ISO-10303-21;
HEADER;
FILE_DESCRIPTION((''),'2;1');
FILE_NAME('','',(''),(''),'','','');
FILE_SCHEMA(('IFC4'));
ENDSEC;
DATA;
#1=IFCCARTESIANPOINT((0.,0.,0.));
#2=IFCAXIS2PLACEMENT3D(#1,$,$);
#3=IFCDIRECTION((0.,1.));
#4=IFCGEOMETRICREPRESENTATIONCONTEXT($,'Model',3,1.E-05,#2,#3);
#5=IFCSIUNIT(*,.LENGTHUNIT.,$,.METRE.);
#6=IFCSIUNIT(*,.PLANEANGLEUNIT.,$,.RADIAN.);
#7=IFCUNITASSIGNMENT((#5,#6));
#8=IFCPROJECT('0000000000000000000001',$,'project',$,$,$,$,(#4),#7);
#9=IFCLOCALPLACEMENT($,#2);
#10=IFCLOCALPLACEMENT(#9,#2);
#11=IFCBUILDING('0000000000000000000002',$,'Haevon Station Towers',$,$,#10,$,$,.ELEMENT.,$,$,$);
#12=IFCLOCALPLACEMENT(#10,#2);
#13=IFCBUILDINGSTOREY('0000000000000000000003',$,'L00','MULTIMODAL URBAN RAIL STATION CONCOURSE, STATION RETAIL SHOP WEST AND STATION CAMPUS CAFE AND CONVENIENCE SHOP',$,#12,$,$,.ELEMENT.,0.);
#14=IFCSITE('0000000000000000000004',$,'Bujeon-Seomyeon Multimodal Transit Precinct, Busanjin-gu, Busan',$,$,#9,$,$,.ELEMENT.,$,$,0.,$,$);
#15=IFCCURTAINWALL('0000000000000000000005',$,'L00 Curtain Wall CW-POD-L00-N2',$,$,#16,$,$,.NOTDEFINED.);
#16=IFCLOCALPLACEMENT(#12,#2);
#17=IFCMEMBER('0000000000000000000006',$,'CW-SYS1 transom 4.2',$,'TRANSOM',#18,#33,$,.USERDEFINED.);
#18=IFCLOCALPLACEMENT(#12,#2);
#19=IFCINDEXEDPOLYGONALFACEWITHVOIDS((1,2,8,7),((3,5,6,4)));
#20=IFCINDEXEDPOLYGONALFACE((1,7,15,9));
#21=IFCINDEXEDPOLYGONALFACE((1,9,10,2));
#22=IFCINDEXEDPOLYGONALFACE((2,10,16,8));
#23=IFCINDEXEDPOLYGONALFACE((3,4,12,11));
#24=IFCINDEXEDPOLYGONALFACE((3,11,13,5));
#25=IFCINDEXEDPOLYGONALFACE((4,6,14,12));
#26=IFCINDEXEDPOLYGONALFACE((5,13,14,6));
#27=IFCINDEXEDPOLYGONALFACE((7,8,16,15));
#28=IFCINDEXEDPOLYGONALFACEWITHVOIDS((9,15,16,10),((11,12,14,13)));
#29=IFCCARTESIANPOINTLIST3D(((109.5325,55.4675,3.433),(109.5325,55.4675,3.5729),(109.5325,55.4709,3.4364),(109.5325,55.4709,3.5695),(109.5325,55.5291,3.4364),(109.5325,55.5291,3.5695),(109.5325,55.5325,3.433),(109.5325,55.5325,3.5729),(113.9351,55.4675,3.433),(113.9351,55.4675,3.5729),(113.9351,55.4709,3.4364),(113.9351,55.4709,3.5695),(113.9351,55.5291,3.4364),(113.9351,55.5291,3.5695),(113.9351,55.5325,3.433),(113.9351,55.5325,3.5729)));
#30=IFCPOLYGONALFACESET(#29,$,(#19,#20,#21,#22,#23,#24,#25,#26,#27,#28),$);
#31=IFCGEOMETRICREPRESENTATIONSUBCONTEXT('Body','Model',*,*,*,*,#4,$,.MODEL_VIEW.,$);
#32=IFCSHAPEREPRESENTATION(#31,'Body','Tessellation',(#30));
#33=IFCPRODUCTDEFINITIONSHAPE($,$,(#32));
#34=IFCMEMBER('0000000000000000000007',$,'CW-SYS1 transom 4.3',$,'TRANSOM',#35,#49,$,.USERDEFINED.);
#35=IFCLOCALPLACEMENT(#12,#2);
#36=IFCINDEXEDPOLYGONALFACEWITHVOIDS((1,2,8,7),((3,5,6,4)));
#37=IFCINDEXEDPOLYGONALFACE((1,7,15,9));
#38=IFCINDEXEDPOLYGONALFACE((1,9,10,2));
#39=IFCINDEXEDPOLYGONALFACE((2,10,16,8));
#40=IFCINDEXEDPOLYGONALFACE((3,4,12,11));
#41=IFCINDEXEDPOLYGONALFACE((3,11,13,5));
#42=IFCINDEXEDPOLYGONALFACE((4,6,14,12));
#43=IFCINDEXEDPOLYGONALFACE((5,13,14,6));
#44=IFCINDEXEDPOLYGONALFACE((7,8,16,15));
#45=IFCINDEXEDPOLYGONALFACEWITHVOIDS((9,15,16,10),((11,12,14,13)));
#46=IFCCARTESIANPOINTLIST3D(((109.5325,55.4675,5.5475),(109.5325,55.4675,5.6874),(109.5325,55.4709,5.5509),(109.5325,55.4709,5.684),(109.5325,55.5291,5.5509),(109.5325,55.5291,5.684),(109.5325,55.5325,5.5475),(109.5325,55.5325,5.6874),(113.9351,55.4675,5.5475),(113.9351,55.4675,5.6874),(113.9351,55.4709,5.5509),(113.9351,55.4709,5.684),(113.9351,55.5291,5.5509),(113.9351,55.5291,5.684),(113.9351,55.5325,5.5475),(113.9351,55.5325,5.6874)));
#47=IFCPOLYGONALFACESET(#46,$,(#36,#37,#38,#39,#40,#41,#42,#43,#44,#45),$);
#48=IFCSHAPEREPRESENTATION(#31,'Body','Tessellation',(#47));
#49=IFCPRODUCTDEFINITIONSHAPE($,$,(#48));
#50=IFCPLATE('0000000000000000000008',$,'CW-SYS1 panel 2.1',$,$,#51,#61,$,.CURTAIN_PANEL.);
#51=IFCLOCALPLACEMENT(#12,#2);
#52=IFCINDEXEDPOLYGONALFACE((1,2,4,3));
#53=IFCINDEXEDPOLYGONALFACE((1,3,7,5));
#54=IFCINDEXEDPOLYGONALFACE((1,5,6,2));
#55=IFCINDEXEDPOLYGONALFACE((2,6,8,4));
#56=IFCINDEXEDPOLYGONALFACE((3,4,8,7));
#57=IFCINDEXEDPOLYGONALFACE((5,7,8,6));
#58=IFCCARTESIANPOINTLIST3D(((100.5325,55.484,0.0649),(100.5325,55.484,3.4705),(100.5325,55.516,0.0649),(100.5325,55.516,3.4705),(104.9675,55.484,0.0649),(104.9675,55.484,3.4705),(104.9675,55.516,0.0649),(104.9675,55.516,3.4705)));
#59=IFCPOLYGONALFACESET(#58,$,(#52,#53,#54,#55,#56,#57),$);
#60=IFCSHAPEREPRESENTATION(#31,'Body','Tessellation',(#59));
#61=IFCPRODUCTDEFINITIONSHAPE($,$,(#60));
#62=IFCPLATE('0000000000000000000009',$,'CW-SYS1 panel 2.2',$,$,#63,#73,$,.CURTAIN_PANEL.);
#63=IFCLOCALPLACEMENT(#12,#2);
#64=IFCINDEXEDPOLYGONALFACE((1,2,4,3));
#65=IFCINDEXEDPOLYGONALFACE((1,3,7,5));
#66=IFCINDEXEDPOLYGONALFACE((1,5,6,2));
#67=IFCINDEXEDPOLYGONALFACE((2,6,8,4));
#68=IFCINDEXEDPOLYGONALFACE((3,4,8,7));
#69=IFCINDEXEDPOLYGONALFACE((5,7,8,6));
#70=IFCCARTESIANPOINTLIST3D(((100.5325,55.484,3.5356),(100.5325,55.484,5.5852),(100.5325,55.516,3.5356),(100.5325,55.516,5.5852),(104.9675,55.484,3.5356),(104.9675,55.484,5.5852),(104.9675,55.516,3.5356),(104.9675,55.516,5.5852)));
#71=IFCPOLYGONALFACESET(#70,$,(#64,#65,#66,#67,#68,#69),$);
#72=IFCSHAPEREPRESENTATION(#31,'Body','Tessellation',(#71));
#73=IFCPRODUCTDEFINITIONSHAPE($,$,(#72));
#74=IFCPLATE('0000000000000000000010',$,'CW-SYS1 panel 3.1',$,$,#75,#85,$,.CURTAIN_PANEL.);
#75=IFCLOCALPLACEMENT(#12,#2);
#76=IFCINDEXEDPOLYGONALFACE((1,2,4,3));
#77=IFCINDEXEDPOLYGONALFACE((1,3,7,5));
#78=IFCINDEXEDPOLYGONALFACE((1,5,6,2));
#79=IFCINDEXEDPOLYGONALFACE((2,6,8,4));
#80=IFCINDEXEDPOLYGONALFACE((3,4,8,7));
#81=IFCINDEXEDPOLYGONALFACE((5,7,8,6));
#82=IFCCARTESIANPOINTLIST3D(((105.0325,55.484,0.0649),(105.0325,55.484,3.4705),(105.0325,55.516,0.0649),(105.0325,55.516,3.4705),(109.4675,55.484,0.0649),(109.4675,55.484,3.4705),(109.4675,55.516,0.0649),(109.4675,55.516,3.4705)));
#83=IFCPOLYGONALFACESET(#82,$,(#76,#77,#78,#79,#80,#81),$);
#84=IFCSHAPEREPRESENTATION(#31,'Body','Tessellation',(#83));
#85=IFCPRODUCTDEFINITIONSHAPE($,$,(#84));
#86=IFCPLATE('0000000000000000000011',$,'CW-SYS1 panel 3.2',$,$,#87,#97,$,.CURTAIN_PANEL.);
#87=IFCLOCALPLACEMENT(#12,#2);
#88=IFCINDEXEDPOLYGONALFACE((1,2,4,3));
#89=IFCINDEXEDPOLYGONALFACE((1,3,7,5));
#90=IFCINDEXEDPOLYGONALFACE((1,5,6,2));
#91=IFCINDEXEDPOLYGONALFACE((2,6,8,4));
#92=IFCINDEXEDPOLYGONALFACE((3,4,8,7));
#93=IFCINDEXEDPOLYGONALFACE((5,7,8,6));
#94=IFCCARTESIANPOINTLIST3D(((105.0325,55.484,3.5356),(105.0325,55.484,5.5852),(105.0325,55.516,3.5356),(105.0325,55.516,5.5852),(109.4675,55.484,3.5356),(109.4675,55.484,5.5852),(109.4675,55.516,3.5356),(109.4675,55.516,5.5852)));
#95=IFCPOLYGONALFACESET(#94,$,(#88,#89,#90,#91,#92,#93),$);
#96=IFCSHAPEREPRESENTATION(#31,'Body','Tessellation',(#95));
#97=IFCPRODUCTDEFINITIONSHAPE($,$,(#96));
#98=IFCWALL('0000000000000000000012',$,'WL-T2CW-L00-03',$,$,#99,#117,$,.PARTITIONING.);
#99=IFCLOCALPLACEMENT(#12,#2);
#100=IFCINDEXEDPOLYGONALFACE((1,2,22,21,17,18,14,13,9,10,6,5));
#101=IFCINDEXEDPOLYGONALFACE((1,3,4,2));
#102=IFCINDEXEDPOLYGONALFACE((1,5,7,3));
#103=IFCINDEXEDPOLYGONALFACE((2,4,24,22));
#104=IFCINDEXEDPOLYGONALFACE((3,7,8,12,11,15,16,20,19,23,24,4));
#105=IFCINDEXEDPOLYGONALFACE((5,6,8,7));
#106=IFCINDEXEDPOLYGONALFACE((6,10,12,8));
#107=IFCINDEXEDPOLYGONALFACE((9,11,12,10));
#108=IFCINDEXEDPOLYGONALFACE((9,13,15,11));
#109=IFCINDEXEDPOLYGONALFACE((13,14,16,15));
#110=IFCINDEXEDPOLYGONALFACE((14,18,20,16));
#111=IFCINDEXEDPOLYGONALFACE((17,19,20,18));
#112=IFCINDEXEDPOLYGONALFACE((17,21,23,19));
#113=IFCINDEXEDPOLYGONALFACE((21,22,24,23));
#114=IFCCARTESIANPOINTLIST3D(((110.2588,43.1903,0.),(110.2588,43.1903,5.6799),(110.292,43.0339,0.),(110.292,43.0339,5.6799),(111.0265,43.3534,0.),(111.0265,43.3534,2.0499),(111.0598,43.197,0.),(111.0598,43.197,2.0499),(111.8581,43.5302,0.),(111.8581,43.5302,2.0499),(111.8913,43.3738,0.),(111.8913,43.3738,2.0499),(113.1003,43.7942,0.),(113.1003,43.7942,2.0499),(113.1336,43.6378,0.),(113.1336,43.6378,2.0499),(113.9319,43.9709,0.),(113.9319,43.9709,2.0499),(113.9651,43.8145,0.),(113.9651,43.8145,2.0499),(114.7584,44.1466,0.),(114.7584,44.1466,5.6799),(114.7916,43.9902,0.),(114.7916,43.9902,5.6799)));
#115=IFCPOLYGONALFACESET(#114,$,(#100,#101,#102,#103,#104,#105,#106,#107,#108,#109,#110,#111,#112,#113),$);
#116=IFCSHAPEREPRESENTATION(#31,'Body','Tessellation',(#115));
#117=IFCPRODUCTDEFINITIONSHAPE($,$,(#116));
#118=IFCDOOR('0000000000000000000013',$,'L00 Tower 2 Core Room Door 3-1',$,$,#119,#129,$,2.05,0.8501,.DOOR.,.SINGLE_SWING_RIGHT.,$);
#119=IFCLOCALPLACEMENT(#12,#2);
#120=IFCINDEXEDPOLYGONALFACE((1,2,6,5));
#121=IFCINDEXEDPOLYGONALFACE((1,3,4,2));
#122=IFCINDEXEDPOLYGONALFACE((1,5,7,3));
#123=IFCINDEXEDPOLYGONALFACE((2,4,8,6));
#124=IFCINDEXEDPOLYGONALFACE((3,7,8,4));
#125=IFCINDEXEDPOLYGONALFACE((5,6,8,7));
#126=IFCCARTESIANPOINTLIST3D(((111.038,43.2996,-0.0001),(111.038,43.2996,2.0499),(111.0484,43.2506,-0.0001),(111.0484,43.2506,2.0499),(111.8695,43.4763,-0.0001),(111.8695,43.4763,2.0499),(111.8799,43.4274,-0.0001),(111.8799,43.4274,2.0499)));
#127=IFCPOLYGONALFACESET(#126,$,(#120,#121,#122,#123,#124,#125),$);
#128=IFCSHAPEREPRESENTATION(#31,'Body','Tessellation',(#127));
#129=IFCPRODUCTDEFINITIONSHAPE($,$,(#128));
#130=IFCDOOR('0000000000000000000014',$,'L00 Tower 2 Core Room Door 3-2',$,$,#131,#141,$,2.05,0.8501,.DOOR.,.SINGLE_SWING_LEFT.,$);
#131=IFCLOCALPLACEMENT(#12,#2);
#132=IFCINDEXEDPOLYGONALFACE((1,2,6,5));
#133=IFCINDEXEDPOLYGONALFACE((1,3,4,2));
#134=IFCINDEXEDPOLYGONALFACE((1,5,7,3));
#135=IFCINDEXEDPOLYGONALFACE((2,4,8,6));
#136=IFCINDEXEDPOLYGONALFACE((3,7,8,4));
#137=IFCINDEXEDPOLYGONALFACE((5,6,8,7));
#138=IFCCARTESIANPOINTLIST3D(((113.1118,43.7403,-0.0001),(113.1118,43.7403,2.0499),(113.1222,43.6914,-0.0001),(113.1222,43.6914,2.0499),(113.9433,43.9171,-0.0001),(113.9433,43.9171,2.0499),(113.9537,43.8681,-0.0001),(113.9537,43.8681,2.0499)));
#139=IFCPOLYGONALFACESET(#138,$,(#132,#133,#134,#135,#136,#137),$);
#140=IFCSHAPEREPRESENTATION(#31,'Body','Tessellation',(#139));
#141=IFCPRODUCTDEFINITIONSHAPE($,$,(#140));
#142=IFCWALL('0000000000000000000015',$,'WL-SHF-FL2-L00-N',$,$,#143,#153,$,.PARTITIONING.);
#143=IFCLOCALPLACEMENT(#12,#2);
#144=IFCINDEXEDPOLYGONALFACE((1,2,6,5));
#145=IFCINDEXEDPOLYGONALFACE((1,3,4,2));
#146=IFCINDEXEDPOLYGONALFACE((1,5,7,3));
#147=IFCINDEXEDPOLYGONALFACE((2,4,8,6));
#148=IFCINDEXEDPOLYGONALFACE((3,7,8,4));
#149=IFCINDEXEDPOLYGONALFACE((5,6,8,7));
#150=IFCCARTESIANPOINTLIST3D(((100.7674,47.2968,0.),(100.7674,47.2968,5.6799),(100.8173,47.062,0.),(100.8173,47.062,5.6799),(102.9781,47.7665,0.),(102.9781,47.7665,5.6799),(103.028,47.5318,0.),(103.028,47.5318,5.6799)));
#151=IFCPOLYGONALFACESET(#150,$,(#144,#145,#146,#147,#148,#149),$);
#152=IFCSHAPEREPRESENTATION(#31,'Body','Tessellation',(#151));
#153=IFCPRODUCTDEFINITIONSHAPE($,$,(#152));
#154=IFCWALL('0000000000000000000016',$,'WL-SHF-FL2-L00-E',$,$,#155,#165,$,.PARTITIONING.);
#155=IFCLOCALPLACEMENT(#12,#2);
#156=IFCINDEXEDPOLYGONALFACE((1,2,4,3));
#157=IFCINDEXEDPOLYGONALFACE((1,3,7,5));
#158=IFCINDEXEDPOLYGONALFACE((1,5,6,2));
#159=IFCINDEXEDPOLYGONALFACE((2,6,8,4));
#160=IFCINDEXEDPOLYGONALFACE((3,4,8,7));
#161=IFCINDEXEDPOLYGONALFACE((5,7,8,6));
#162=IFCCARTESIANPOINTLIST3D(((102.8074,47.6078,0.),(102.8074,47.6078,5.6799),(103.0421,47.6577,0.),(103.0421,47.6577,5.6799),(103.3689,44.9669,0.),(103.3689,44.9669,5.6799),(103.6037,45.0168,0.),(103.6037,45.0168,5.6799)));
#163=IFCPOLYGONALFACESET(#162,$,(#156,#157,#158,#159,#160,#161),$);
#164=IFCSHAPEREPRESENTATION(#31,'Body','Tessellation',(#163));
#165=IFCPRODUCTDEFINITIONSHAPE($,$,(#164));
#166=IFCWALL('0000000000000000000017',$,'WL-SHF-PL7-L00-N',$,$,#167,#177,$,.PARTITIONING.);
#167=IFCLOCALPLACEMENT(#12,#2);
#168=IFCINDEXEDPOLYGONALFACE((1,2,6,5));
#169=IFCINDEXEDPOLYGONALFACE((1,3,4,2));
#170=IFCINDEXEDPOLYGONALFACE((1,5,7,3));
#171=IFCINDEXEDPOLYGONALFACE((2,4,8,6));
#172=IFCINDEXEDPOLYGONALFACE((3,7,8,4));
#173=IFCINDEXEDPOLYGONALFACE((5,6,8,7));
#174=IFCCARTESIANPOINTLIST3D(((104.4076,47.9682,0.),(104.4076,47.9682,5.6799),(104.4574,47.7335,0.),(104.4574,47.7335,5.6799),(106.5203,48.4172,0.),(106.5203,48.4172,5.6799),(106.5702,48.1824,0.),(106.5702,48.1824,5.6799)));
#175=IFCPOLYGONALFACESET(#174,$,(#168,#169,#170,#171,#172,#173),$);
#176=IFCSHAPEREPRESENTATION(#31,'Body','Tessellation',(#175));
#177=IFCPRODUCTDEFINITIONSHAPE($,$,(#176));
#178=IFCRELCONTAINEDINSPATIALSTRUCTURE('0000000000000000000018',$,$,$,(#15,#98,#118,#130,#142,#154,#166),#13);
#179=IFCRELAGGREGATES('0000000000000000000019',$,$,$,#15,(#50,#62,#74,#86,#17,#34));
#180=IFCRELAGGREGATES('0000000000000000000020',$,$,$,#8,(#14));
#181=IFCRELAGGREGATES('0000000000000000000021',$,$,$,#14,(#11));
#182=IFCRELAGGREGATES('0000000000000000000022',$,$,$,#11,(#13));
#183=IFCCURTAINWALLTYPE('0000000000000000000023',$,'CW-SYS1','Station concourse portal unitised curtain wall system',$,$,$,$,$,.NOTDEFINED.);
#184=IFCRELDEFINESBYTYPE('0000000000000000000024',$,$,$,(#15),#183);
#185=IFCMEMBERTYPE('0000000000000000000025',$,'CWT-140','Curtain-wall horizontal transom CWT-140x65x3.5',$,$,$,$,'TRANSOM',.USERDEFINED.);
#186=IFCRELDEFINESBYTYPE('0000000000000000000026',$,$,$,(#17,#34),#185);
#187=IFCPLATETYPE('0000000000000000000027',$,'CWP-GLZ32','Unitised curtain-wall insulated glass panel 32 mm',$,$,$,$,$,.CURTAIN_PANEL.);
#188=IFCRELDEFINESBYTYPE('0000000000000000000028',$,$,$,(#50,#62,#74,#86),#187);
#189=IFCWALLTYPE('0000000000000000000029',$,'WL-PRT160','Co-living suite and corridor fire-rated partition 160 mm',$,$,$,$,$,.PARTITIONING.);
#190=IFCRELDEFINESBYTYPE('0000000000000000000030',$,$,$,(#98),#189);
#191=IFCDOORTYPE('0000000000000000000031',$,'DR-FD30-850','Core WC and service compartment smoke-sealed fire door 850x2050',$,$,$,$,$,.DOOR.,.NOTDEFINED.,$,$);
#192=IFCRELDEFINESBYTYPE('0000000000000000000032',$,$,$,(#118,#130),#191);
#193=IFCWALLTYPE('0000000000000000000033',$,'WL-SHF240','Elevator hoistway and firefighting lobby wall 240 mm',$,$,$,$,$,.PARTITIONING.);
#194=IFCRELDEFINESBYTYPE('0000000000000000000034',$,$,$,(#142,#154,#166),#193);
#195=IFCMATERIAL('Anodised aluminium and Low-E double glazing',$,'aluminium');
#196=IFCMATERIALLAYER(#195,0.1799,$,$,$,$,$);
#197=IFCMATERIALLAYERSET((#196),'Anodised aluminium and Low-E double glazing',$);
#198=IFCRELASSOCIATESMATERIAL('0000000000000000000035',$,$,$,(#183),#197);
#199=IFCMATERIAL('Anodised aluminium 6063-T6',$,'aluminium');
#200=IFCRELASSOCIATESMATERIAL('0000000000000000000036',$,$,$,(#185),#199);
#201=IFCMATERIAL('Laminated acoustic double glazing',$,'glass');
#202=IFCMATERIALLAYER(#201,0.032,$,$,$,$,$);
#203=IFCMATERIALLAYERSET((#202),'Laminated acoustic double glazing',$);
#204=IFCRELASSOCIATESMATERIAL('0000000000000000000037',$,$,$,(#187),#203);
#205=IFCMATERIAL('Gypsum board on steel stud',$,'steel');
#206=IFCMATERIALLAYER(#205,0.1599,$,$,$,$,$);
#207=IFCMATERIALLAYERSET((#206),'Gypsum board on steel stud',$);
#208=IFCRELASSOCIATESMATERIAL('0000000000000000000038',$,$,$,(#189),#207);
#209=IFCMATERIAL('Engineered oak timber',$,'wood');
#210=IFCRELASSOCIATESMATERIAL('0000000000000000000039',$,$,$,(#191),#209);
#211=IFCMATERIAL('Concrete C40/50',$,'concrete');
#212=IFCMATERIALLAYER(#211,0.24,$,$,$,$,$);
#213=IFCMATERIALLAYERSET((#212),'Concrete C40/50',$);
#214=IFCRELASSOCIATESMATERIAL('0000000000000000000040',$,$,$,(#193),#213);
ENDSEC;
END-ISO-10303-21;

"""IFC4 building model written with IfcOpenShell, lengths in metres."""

from ifc_helpers import new_model, si_unit, direction, frame, frame_2d, origin, origin_2d, place, context, subcontext, project, spatial, rectangle, hollow_rectangle, extrude, material, layer, layer_set, material_profile, profile_set, type_object, element, fill, aggregate, save


model = new_model("IFC4")

# Units and contexts
model_context = context("Model", 3, precision=1e-05, world=origin(), true_north=direction((0.0, 1.0)))
body_context = subcontext(model_context, "Body", "Model", "MODEL_VIEW")
ifc_project = project(units=[si_unit("LENGTHUNIT", "METRE"), si_unit("PLANEANGLEUNIT", "RADIAN")], contexts=[model_context])

# Site, building, storey
site_placement = place(None, origin())
site = spatial("IfcSite", under=ifc_project, at=site_placement, Name="Bujeon-Seomyeon Multimodal Transit Precinct, Busanjin-gu, Busan", CompositionType="ELEMENT", RefElevation=0.0)
building_placement = place(site_placement, origin())
building = spatial("IfcBuilding", under=site, at=building_placement, Name="Haevon Station Towers", CompositionType="ELEMENT")
storey_placement = place(building_placement, origin())
storey = spatial("IfcBuildingStorey", under=building, at=storey_placement, Name="L00", Description="MULTIMODAL URBAN RAIL STATION CONCOURSE, STATION RETAIL SHOP WEST AND STATION CAMPUS CAFE AND CONVENIENCE SHOP", CompositionType="ELEMENT", Elevation=0.0)

# Curtain wall, members, plates
ifc_material_1 = material(Name="Anodised aluminium and Low-E double glazing", Category="aluminium")
ifc_layer_1 = layer(ifc_material_1, 0.1799)
ifc_layer_set_1 = layer_set([ifc_layer_1], Name="Anodised aluminium and Low-E double glazing")
curtain_wall_type = type_object("IfcCurtainWallType", Name="CW-SYS1", Description="Station concourse portal unitised curtain wall system", PredefinedType="NOTDEFINED", material=ifc_layer_set_1)
curtain_wall_placement = place(storey_placement, origin())
curtain_wall = element("IfcCurtainWall", 1, at=curtain_wall_placement, inside=storey, type_object=curtain_wall_type, Name="L00 Curtain Wall CW-POD-L00-N2", PredefinedType="NOTDEFINED")
ifc_material_2 = material(Name="Anodised aluminium 6063-T6", Category="aluminium")
ifc_material_profile_1 = material_profile(ifc_material_2, hollow_rectangle(XDim=0.0649, YDim=0.1399, WallThickness=0.0034, at=origin_2d()), Name="CWT-140x65x3.5")
ifc_profile_set_1 = profile_set([ifc_material_profile_1], Name="Anodised aluminium 6063-T6")
member_type_1 = type_object("IfcMemberType", Name="CWT-140", Description="Curtain-wall horizontal transom CWT-140x65x3.5", ElementType="TRANSOM", PredefinedType="USERDEFINED", material=ifc_profile_set_1)
member_1_placement = place(storey_placement, frame((109.5325, 55.5, 3.5029), z_axis=(1.0, 0.0, 0.0), x_axis=(0.0, 1.0, 0.0)))
member_1 = element("IfcMember", 2, at=member_1_placement, type_object=member_type_1, Name="CW-SYS1 transom 4.2", ObjectType="TRANSOM", PredefinedType="USERDEFINED", context=body_context, shape_type="SweptSolid", body=[
    extrude(hollow_rectangle(XDim=0.0649, YDim=0.1399, WallThickness=0.0034, at=origin_2d()), origin(), (0.0, 0.0, 1.0), 4.4026),
])
member_2_placement = place(storey_placement, frame((109.5325, 55.5, 5.6174), z_axis=(1.0, 0.0, 0.0), x_axis=(0.0, 1.0, 0.0)))
member_2 = element("IfcMember", 3, at=member_2_placement, type_object=member_type_1, Name="CW-SYS1 transom 4.3", ObjectType="TRANSOM", PredefinedType="USERDEFINED", context=body_context, shape_type="SweptSolid", body=[
    extrude(hollow_rectangle(XDim=0.0649, YDim=0.1399, WallThickness=0.0034, at=origin_2d()), origin(), (0.0, 0.0, 1.0), 4.4026),
])
ifc_material_3 = material(Name="Laminated acoustic double glazing", Category="glass")
ifc_layer_2 = layer(ifc_material_3, 0.032)
ifc_layer_set_2 = layer_set([ifc_layer_2], Name="Laminated acoustic double glazing")
plate_type = type_object("IfcPlateType", Name="CWP-GLZ32", Description="Unitised curtain-wall insulated glass panel 32 mm", PredefinedType="CURTAIN_PANEL", material=ifc_layer_set_2)
plate_1_placement = place(storey_placement, frame((102.75, 55.5, 0.0649), z_axis=(0.0, 0.0, 1.0), x_axis=(1.0, 0.0, 0.0)))
plate_1 = element("IfcPlate", 4, at=plate_1_placement, type_object=plate_type, Name="CW-SYS1 panel 2.1", PredefinedType="CURTAIN_PANEL", context=body_context, shape_type="SweptSolid", body=[
    extrude(rectangle(XDim=4.4351, YDim=0.032, at=origin_2d()), origin(), (0.0, 0.0, 1.0), 3.4055),
])
plate_2_placement = place(storey_placement, frame((102.75, 55.5, 3.5356), z_axis=(0.0, 0.0, 1.0), x_axis=(1.0, 0.0, 0.0)))
plate_2 = element("IfcPlate", 5, at=plate_2_placement, type_object=plate_type, Name="CW-SYS1 panel 2.2", PredefinedType="CURTAIN_PANEL", context=body_context, shape_type="SweptSolid", body=[
    extrude(rectangle(XDim=4.4351, YDim=0.032, at=origin_2d()), origin(), (0.0, 0.0, 1.0), 2.0496),
])
plate_3_placement = place(storey_placement, frame((107.25, 55.5, 0.0649), z_axis=(0.0, 0.0, 1.0), x_axis=(1.0, 0.0, 0.0)))
plate_3 = element("IfcPlate", 6, at=plate_3_placement, type_object=plate_type, Name="CW-SYS1 panel 3.1", PredefinedType="CURTAIN_PANEL", context=body_context, shape_type="SweptSolid", body=[
    extrude(rectangle(XDim=4.4351, YDim=0.032, at=origin_2d()), origin(), (0.0, 0.0, 1.0), 3.4055),
])
plate_4_placement = place(storey_placement, frame((107.25, 55.5, 3.5356), z_axis=(0.0, 0.0, 1.0), x_axis=(1.0, 0.0, 0.0)))
plate_4 = element("IfcPlate", 7, at=plate_4_placement, type_object=plate_type, Name="CW-SYS1 panel 3.2", PredefinedType="CURTAIN_PANEL", context=body_context, shape_type="SweptSolid", body=[
    extrude(rectangle(XDim=4.4351, YDim=0.032, at=origin_2d()), origin(), (0.0, 0.0, 1.0), 2.0496),
])
aggregate(curtain_wall, [plate_1, plate_2, plate_3, plate_4, member_1, member_2])

# Wall, openings, doors
ifc_material_4 = material(Name="Gypsum board on steel stud", Category="steel")
ifc_layer_3 = layer(ifc_material_4, 0.1599)
ifc_layer_set_3 = layer_set([ifc_layer_3], Name="Gypsum board on steel stud")
wall_type_1 = type_object("IfcWallType", Name="WL-PRT160", Description="Co-living suite and corridor fire-rated partition 160 mm", PredefinedType="PARTITIONING", material=ifc_layer_set_3)
wall_1_placement = place(storey_placement, frame((110.2754, 43.1121, 0.0), z_axis=(0.0, 0.0, 1.0), x_axis=(0.978152, 0.20789, 0.0)))
wall_1 = element("IfcWall", 8, at=wall_1_placement, inside=storey, type_object=wall_type_1, Name="WL-T2CW-L00-03", PredefinedType="PARTITIONING", context=body_context, shape_type="SweptSolid", body=[
    extrude(rectangle(XDim=4.6001, YDim=0.1599, at=frame_2d((2.3, 0.0))), origin(), (0.0, 0.0, 1.0), 5.6799),
])
opening_1_placement = place(wall_1_placement, frame((0.7849, 0.0, 0.0)))
opening_1 = element("IfcOpeningElement", 9, at=opening_1_placement, cuts=wall_1, PredefinedType="OPENING", context=body_context, shape_type="SweptSolid", body=[
    extrude(rectangle(XDim=0.8501, YDim=2.05, at=frame_2d((0.425, 1.0249))), frame((0.0, 0.0898, 0.0), z_axis=(0.0, -1.0, 0.0), x_axis=(1.0, 0.0, 0.0)), (0.0, 0.0, 1.0), 0.1799),
])
opening_2_placement = place(wall_1_placement, frame((2.905, 0.0, 0.0)))
opening_2 = element("IfcOpeningElement", 10, at=opening_2_placement, cuts=wall_1, PredefinedType="OPENING", context=body_context, shape_type="SweptSolid", body=[
    extrude(rectangle(XDim=0.8501, YDim=2.05, at=frame_2d((0.425, 1.0249))), frame((0.0, 0.0898, 0.0), z_axis=(0.0, -1.0, 0.0), x_axis=(1.0, 0.0, 0.0)), (0.0, 0.0, 1.0), 0.1799),
])
ifc_material_5 = material(Name="Engineered oak timber", Category="wood")
door_type_1 = type_object("IfcDoorType", Name="DR-FD30-850", Description="Core WC and service compartment smoke-sealed fire door 850x2050", OperationType="NOTDEFINED", PredefinedType="DOOR", material=ifc_material_5)
door_1_placement = place(opening_1_placement, origin())
door_1 = element("IfcDoor", 11, at=door_1_placement, inside=storey, type_object=door_type_1, Name="L00 Tower 2 Core Room Door 3-1", OperationType="SINGLE_SWING_RIGHT", OverallHeight=2.05, OverallWidth=0.8501, PredefinedType="DOOR", context=body_context, shape_type="SweptSolid", body=[
    extrude(rectangle(XDim=0.8501, YDim=2.05, at=frame_2d((0.425, 1.0249))), frame((0.0, 0.0249, 0.0), z_axis=(0.0, -1.0, 0.0), x_axis=(1.0, 0.0, 0.0)), (0.0, 0.0, 1.0), 0.05),
])
fill(opening_1, door_1)
door_2_placement = place(opening_2_placement, origin())
door_2 = element("IfcDoor", 12, at=door_2_placement, inside=storey, type_object=door_type_1, Name="L00 Tower 2 Core Room Door 3-2", OperationType="SINGLE_SWING_LEFT", OverallHeight=2.05, OverallWidth=0.8501, PredefinedType="DOOR", context=body_context, shape_type="SweptSolid", body=[
    extrude(rectangle(XDim=0.8501, YDim=2.05, at=frame_2d((0.425, 1.0249))), frame((0.0, 0.0249, 0.0), z_axis=(0.0, -1.0, 0.0), x_axis=(1.0, 0.0, 0.0)), (0.0, 0.0, 1.0), 0.05),
])
fill(opening_2, door_2)

# Shared definitions
ifc_material_6 = material(Name="Concrete C40/50", Category="concrete")
ifc_layer_4 = layer(ifc_material_6, 0.24)
ifc_layer_set_4 = layer_set([ifc_layer_4], Name="Concrete C40/50")
wall_type_2 = type_object("IfcWallType", Name="WL-SHF240", Description="Elevator hoistway and firefighting lobby wall 240 mm", PredefinedType="PARTITIONING", material=ifc_layer_set_4)

# Walls
wall_2_placement = place(storey_placement, frame((100.7925, 47.1794, 0.0), z_axis=(0.0, 0.0, 1.0), x_axis=(0.978163, 0.207839, 0.0)))
element("IfcWall", 13, at=wall_2_placement, inside=storey, type_object=wall_type_2, Name="WL-SHF-FL2-L00-N", PredefinedType="PARTITIONING", context=body_context, shape_type="SweptSolid", body=[
    extrude(rectangle(XDim=2.26, YDim=0.24, at=frame_2d((1.1299, 0.0))), origin(), (0.0, 0.0, 1.0), 5.6799),
])
wall_3_placement = place(storey_placement, frame((103.4863, 44.9917, 0.0), z_axis=(0.0, 0.0, 1.0), x_axis=(-0.207979, 0.978133, 0.0)))
element("IfcWall", 14, at=wall_3_placement, inside=storey, type_object=wall_type_2, Name="WL-SHF-FL2-L00-E", PredefinedType="PARTITIONING", context=body_context, shape_type="SweptSolid", body=[
    extrude(rectangle(XDim=2.7, YDim=0.24, at=frame_2d((1.3501, 0.0))), origin(), (0.0, 0.0, 1.0), 5.6799),
])

# Wall
wall_4_placement = place(storey_placement, frame((104.4324, 47.8508, 0.0), z_axis=(0.0, 0.0, 1.0), x_axis=(0.978158, 0.207861, 0.0)))
element("IfcWall", 15, at=wall_4_placement, inside=storey, type_object=wall_type_2, Name="WL-SHF-PL7-L00-N", PredefinedType="PARTITIONING", context=body_context, shape_type="SweptSolid", body=[
    extrude(rectangle(XDim=2.1599, YDim=0.24, at=frame_2d((1.0801, 0.0))), origin(), (0.0, 0.0, 1.0), 5.6799),
])

save(model, "model.ifc")
